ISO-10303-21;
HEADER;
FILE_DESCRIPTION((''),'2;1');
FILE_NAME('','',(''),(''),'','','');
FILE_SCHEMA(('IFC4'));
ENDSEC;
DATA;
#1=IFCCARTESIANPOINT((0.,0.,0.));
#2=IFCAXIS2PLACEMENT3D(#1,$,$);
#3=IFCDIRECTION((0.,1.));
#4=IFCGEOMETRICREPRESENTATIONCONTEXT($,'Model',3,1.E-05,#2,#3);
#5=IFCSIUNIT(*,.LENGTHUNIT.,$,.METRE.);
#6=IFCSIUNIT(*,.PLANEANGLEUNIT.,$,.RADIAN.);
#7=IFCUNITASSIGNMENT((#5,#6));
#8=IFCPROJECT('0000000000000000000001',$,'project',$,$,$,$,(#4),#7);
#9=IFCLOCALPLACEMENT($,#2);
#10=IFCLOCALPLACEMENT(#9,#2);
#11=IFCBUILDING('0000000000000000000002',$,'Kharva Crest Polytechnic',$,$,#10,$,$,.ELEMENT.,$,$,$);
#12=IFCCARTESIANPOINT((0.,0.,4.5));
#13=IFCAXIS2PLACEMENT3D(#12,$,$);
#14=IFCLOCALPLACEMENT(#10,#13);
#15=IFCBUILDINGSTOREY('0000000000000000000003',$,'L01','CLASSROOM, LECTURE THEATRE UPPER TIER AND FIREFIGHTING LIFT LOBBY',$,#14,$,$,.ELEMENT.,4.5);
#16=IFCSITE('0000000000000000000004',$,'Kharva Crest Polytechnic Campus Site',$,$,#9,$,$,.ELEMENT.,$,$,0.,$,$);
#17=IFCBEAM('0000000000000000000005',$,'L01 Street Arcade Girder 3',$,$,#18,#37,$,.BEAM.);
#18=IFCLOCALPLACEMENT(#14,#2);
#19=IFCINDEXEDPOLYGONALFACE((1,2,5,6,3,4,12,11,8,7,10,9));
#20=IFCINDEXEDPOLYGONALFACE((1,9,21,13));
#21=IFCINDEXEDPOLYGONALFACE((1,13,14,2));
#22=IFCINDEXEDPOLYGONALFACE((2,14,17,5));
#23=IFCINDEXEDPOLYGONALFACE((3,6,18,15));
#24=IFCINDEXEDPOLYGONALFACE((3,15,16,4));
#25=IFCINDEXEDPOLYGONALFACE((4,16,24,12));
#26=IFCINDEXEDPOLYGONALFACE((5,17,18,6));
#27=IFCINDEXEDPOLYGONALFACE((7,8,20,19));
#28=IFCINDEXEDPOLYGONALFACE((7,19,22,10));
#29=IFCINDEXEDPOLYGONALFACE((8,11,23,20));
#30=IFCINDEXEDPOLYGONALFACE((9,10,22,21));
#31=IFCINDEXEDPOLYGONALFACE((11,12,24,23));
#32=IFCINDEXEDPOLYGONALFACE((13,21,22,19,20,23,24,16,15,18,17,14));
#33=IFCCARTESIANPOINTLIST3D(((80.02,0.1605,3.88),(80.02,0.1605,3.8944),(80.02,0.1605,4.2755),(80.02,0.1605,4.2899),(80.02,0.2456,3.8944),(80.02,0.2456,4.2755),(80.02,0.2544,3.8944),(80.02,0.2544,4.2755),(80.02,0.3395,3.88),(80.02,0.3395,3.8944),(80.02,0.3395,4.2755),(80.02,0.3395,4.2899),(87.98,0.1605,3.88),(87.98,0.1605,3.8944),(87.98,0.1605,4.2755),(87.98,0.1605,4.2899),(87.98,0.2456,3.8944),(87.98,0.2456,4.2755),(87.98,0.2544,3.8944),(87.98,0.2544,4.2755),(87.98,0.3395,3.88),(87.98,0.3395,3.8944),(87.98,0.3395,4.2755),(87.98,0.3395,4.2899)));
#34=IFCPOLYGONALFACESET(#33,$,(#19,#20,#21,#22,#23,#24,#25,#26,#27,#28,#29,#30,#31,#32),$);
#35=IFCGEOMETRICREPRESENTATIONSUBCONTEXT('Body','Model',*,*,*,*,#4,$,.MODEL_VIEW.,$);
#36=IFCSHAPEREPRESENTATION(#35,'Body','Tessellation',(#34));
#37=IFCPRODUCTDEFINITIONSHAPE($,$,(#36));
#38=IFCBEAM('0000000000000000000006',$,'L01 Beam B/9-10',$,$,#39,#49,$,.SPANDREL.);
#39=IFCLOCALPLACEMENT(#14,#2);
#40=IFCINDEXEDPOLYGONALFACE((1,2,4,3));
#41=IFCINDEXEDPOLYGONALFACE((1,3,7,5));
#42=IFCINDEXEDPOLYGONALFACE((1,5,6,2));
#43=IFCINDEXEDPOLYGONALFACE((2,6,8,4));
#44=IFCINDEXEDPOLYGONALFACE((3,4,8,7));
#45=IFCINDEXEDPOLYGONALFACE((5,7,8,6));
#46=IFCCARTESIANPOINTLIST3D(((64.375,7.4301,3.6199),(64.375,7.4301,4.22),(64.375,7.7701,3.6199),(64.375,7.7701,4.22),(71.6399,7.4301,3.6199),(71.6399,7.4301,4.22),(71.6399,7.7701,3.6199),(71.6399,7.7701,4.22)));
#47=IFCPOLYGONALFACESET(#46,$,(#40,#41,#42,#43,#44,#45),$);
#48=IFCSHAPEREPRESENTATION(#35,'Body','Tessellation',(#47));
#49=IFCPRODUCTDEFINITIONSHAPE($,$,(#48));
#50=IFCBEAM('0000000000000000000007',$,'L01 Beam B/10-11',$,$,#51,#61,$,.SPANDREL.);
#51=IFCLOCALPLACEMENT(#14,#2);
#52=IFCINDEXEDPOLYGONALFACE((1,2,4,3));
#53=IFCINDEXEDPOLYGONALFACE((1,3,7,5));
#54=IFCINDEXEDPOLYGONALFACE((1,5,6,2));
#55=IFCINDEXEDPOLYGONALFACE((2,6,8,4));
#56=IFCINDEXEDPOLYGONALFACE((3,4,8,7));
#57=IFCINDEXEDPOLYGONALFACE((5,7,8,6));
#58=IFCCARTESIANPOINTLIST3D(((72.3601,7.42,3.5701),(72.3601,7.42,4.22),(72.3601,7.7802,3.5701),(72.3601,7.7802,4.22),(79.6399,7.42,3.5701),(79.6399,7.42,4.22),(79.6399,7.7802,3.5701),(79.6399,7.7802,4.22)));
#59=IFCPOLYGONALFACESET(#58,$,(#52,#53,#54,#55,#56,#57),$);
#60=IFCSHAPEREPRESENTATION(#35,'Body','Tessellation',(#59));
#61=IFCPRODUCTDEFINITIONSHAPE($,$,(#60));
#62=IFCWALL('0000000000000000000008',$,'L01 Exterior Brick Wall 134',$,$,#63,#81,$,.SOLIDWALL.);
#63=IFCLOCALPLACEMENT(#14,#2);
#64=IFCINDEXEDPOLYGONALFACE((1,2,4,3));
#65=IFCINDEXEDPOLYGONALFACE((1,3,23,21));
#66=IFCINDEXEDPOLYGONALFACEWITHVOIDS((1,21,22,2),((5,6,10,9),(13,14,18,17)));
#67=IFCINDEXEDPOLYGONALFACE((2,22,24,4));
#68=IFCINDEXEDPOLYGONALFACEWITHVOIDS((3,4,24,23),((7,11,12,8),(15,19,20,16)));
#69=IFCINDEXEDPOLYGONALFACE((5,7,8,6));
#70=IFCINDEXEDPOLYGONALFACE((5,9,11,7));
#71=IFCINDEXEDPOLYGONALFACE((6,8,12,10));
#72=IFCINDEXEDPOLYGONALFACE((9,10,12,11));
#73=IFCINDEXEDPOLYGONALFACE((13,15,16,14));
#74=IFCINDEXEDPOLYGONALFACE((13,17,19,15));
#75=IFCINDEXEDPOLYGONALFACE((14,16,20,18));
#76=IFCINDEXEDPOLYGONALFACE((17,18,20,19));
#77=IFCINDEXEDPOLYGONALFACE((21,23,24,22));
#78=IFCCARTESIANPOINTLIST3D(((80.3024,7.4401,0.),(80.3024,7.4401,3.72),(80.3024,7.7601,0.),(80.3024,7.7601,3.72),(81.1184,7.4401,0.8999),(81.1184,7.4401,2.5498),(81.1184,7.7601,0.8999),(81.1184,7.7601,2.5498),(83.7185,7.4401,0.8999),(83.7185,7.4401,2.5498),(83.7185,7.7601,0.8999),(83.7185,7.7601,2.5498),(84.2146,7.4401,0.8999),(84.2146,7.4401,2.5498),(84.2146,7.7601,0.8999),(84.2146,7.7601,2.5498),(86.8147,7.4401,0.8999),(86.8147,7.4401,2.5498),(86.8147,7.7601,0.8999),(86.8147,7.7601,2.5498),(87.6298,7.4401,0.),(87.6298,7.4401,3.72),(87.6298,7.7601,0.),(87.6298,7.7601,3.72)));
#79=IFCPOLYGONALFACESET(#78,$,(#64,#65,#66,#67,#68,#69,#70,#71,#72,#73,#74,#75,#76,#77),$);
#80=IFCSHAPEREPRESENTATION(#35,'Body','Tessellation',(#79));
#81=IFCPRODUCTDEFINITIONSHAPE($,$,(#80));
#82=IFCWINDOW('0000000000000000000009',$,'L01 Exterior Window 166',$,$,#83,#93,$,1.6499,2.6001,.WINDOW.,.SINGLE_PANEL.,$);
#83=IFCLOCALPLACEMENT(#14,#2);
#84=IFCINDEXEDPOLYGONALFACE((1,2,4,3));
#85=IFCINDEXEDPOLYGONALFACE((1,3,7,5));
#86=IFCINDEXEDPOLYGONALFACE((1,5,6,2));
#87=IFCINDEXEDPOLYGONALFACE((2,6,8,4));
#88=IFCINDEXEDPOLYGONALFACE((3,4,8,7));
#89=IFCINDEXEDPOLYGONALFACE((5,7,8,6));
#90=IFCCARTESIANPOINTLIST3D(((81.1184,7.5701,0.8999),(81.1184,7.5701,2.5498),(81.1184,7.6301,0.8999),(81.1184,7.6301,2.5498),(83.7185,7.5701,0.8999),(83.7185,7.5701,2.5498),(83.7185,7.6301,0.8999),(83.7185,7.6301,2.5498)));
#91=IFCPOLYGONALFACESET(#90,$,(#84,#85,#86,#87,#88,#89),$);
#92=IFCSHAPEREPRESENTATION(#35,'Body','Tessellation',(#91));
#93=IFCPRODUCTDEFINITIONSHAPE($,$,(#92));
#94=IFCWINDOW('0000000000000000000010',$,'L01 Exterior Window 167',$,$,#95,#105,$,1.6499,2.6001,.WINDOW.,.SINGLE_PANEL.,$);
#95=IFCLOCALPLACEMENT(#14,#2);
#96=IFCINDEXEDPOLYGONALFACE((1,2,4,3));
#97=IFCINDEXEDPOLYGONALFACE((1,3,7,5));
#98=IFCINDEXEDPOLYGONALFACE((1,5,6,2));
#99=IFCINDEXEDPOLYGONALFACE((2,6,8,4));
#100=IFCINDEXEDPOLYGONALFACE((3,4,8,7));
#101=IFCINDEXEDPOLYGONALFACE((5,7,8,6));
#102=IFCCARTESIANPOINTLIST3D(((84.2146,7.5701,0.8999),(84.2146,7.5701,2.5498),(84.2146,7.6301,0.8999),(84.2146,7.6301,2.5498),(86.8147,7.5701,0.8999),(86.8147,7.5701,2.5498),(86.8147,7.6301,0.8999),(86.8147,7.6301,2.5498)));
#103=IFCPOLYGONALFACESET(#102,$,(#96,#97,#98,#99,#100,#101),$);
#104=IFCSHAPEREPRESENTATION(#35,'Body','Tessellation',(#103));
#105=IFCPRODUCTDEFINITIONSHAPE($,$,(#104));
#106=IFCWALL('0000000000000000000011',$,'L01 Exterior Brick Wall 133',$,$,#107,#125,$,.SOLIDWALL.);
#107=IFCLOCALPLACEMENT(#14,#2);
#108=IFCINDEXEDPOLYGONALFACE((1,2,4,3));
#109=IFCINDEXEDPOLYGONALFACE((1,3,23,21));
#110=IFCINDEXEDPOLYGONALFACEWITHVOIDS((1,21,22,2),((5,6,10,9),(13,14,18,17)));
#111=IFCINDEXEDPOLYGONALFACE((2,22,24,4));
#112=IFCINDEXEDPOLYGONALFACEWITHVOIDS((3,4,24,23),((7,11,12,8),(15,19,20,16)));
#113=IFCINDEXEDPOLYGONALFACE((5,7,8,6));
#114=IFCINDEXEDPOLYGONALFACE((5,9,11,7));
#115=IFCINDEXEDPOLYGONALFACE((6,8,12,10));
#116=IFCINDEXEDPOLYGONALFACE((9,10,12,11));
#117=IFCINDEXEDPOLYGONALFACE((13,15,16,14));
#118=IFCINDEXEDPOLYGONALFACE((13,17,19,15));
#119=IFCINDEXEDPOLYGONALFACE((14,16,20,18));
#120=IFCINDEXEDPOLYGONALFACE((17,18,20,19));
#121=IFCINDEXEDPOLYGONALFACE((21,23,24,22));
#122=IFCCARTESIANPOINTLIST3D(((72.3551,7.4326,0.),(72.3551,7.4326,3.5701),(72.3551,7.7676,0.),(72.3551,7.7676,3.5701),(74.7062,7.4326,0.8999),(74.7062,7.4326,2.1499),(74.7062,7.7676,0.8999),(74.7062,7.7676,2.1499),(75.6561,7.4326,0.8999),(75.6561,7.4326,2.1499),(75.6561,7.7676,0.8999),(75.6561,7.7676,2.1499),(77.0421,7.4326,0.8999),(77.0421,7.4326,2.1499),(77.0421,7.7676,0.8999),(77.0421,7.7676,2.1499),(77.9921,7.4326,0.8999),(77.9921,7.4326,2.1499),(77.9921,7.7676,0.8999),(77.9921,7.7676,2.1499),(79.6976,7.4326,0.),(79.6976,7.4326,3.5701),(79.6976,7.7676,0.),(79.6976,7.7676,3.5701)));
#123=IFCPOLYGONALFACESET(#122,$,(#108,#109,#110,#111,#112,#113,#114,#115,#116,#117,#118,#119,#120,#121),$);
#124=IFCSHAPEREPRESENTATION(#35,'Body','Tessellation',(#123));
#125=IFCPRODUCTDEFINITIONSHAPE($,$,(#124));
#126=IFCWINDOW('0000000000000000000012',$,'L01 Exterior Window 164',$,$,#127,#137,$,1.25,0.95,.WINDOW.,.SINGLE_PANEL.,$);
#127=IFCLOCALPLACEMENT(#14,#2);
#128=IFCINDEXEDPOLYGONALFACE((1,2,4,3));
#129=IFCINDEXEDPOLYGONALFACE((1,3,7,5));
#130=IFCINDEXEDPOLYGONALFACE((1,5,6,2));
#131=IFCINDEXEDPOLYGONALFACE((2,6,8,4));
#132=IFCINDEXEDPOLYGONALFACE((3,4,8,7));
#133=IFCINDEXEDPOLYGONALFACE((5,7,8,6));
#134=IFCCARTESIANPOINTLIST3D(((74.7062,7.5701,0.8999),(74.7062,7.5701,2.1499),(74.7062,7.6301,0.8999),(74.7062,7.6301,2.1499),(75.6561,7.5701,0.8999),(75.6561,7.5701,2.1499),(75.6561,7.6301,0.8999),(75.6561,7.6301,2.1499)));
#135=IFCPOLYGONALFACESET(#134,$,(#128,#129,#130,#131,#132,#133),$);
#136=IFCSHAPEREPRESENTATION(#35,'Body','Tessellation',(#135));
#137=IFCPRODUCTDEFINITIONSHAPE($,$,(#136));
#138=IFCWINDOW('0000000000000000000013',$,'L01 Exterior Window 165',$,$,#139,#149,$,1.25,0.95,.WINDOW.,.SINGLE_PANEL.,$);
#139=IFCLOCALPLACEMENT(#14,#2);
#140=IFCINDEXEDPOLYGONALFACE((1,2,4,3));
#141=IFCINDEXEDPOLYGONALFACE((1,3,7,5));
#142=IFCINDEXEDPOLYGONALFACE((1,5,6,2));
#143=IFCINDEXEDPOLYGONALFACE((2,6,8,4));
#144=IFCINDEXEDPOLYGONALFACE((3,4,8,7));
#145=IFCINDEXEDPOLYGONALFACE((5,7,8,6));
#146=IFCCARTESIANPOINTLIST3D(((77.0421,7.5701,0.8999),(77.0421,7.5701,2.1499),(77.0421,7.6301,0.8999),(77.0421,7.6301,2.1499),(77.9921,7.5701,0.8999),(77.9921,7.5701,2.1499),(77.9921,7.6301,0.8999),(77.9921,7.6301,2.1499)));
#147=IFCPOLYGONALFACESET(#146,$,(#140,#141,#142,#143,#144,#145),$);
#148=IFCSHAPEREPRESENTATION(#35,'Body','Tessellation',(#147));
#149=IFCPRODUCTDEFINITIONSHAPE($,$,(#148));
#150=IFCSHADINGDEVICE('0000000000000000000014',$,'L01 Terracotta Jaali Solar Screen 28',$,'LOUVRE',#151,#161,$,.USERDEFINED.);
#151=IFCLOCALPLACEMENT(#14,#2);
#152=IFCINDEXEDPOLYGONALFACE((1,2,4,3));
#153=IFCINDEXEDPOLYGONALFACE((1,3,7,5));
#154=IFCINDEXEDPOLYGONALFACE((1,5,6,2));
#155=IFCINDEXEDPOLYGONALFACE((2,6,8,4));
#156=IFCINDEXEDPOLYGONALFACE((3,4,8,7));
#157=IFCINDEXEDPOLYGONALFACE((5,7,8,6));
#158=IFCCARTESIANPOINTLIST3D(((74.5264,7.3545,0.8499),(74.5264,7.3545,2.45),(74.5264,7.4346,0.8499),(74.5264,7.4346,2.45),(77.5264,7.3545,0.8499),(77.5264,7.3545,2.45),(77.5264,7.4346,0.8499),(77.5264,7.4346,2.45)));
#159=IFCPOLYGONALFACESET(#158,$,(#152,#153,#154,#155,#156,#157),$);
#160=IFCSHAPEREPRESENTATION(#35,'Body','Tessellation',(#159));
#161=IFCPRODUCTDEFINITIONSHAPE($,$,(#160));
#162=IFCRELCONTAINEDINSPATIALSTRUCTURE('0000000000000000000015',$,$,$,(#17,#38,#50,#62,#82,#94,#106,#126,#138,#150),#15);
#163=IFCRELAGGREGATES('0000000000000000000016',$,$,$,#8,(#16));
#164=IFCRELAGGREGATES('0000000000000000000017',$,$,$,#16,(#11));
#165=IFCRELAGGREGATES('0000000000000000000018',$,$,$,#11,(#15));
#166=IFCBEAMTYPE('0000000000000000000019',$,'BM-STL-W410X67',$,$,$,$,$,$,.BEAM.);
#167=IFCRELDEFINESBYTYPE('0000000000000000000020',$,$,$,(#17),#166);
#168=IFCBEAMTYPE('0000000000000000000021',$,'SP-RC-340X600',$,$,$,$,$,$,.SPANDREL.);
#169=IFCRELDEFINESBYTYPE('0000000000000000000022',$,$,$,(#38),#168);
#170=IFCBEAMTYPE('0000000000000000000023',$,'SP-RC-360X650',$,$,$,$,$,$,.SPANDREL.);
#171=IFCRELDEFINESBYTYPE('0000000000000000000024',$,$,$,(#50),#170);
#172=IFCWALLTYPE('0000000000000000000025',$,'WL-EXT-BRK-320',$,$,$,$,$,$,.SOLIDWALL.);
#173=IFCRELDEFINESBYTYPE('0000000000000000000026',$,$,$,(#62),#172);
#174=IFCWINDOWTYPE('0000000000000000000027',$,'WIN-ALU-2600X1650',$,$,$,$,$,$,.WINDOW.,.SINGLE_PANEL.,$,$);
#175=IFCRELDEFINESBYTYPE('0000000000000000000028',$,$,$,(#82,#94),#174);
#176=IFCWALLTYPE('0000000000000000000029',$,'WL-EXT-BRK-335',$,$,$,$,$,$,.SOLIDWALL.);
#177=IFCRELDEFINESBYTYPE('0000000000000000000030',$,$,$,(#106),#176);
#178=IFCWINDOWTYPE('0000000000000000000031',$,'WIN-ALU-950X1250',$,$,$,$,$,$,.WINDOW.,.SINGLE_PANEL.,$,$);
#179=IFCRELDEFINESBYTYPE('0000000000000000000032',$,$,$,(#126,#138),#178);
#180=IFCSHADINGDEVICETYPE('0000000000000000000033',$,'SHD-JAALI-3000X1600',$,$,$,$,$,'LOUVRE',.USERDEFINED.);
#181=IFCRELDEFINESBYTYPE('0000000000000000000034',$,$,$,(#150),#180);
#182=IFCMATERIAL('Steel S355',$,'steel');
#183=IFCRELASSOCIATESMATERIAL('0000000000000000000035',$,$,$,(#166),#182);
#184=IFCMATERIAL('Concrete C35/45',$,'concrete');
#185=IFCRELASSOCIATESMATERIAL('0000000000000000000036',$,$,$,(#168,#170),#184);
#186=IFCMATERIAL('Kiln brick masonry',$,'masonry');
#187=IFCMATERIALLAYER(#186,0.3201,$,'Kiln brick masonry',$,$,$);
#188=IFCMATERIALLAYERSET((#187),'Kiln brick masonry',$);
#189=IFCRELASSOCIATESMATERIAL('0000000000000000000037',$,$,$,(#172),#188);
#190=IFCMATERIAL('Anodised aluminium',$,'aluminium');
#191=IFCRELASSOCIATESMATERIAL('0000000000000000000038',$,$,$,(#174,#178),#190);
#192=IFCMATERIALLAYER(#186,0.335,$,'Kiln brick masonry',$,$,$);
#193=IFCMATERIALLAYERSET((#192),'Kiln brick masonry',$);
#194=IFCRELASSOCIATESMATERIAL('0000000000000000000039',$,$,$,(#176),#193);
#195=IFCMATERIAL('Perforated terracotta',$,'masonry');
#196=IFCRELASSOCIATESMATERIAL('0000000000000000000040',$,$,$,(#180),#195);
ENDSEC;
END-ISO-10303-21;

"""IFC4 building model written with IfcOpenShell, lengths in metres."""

from ifc_helpers import new_model, si_unit, direction, frame, frame_2d, origin, origin_2d, place, context, subcontext, project, spatial, rectangle, i_section, extrude, material, layer, layer_set, material_profile, profile_set, type_object, element, fill, save


model = new_model("IFC4")

# Units and contexts
model_context = context("Model", 3, precision=1e-05, world=origin(), true_north=direction((0.0, 1.0)))
body_context = subcontext(model_context, "Body", "Model", "MODEL_VIEW")
ifc_project = project(units=[si_unit("LENGTHUNIT", "METRE"), si_unit("PLANEANGLEUNIT", "RADIAN")], contexts=[model_context])

# Site, building, storey
site_placement = place(None, origin())
site = spatial("IfcSite", under=ifc_project, at=site_placement, Name="Kharva Crest Polytechnic Campus Site", CompositionType="ELEMENT", RefElevation=0.0)
building_placement = place(site_placement, origin())
building = spatial("IfcBuilding", under=site, at=building_placement, Name="Kharva Crest Polytechnic", CompositionType="ELEMENT")
storey_placement = place(building_placement, frame((0.0, 0.0, 4.5)))
storey = spatial("IfcBuildingStorey", under=building, at=storey_placement, Name="L01", Description="CLASSROOM, LECTURE THEATRE UPPER TIER AND FIREFIGHTING LIFT LOBBY", CompositionType="ELEMENT", Elevation=4.5)

# Shared definitions
ifc_material_1 = material(Name="Steel S355", Category="steel")

# Beams
ifc_material_profile_1 = material_profile(ifc_material_1, i_section(OverallWidth=0.179, OverallDepth=0.4099, WebThickness=0.0088, FlangeThickness=0.0144, at=origin_2d()), Name="W410X67")
ifc_profile_set_1 = profile_set([ifc_material_profile_1], Name="Steel S355")
beam_type_1 = type_object("IfcBeamType", Name="BM-STL-W410X67", PredefinedType="BEAM", material=ifc_profile_set_1)
for number, where, z_axis, x_axis, name in (
    (1, (80.02, 0.25, 4.085), (1.0, 0.0, 0.0), (0.0, 1.0, 0.0), "L01 Street Arcade Girder 3"),
):
    element("IfcBeam", number, at=place(storey_placement, frame(where, z_axis=z_axis, x_axis=x_axis)), inside=storey, type_object=beam_type_1, Name=name, PredefinedType="BEAM", context=body_context, shape_type="SweptSolid", body=[
        extrude(i_section(OverallWidth=0.179, OverallDepth=0.4099, WebThickness=0.0088, FlangeThickness=0.0144, at=origin_2d()), origin(), (0.0, 0.0, 1.0), 7.96),
    ])
ifc_material_2 = material(Name="Concrete C35/45", Category="concrete")
ifc_material_profile_2 = material_profile(ifc_material_2, rectangle(XDim=0.3401, YDim=0.6001, at=origin_2d()), Name="RECT 340 X 600")
ifc_profile_set_2 = profile_set([ifc_material_profile_2], Name="Concrete C35/45")
beam_type_2 = type_object("IfcBeamType", Name="SP-RC-340X600", PredefinedType="SPANDREL", material=ifc_profile_set_2)
beam_1_placement = place(storey_placement, frame((64.375, 7.6001, 3.9199), z_axis=(1.0, 0.0, 0.0), x_axis=(0.0, 1.0, 0.0)))
element("IfcBeam", 2, at=beam_1_placement, inside=storey, type_object=beam_type_2, Name="L01 Beam B/9-10", PredefinedType="SPANDREL", context=body_context, shape_type="SweptSolid", body=[
    extrude(rectangle(XDim=0.3401, YDim=0.6001, at=origin_2d()), origin(), (0.0, 0.0, 1.0), 7.2649),
])
ifc_material_profile_3 = material_profile(ifc_material_2, rectangle(XDim=0.3601, YDim=0.6499, at=origin_2d()), Name="RECT 360 X 650")
ifc_profile_set_3 = profile_set([ifc_material_profile_3], Name="Concrete C35/45")
beam_type_3 = type_object("IfcBeamType", Name="SP-RC-360X650", PredefinedType="SPANDREL", material=ifc_profile_set_3)
beam_2_placement = place(storey_placement, frame((72.3601, 7.6001, 3.895), z_axis=(1.0, 0.0, 0.0), x_axis=(0.0, 1.0, 0.0)))
element("IfcBeam", 3, at=beam_2_placement, inside=storey, type_object=beam_type_3, Name="L01 Beam B/10-11", PredefinedType="SPANDREL", context=body_context, shape_type="SweptSolid", body=[
    extrude(rectangle(XDim=0.3601, YDim=0.6499, at=origin_2d()), origin(), (0.0, 0.0, 1.0), 7.2798),
])

# Walls, openings, windows
ifc_material_3 = material(Name="Kiln brick masonry", Category="masonry")
ifc_layer_1 = layer(ifc_material_3, 0.3201, Name="Kiln brick masonry")
ifc_layer_set_1 = layer_set([ifc_layer_1], Name="Kiln brick masonry")
wall_type_1 = type_object("IfcWallType", Name="WL-EXT-BRK-320", PredefinedType="SOLIDWALL", material=ifc_layer_set_1)
wall_1_placement = place(storey_placement, frame((80.3025, 7.6001, 0.0), z_axis=(0.0, 0.0, 1.0), x_axis=(1.0, 0.0, 0.0)))
wall_1 = element("IfcWall", 4, at=wall_1_placement, inside=storey, type_object=wall_type_1, Name="L01 Exterior Brick Wall 134", PredefinedType="SOLIDWALL", context=body_context, shape_type="SweptSolid", body=[
    extrude(rectangle(XDim=7.3274, YDim=0.3201, at=frame_2d((3.6636, 0.0))), origin(), (0.0, 0.0, 1.0), 3.72),
])
opening_1_placement = place(wall_1_placement, frame((0.8159, 0.0, 0.8999)))
opening_1 = element("IfcOpeningElement", 5, at=opening_1_placement, cuts=wall_1, PredefinedType="OPENING", context=body_context, shape_type="SweptSolid", body=[
    extrude(rectangle(XDim=2.6001, YDim=1.6499, at=frame_2d((1.3, 0.825))), frame((0.0, 0.1699, 0.0), z_axis=(0.0, -1.0, 0.0), x_axis=(1.0, 0.0, 0.0)), (0.0, 0.0, 1.0), 0.3401),
])
opening_2_placement = place(wall_1_placement, frame((3.9121, 0.0, 0.8999)))
opening_2 = element("IfcOpeningElement", 6, at=opening_2_placement, cuts=wall_1, PredefinedType="OPENING", context=body_context, shape_type="SweptSolid", body=[
    extrude(rectangle(XDim=2.6001, YDim=1.6499, at=frame_2d((1.3, 0.825))), frame((0.0, 0.1699, 0.0), z_axis=(0.0, -1.0, 0.0), x_axis=(1.0, 0.0, 0.0)), (0.0, 0.0, 1.0), 0.3401),
])
ifc_material_4 = material(Name="Anodised aluminium", Category="aluminium")
window_type_1 = type_object("IfcWindowType", Name="WIN-ALU-2600X1650", PartitioningType="SINGLE_PANEL", PredefinedType="WINDOW", material=ifc_material_4)
window_1_placement = place(opening_1_placement, origin())
window_1 = element("IfcWindow", 7, at=window_1_placement, inside=storey, type_object=window_type_1, Name="L01 Exterior Window 166", OverallHeight=1.6499, OverallWidth=2.6001, PartitioningType="SINGLE_PANEL", PredefinedType="WINDOW", context=body_context, shape_type="SweptSolid", body=[
    extrude(rectangle(XDim=2.6001, YDim=1.6499, at=frame_2d((1.3, 0.825))), frame((0.0, 0.03, 0.0), z_axis=(0.0, -1.0, 0.0), x_axis=(1.0, 0.0, 0.0)), (0.0, 0.0, 1.0), 0.0601),
])
fill(opening_1, window_1)
window_2_placement = place(opening_2_placement, origin())
window_2 = element("IfcWindow", 8, at=window_2_placement, inside=storey, type_object=window_type_1, Name="L01 Exterior Window 167", OverallHeight=1.6499, OverallWidth=2.6001, PartitioningType="SINGLE_PANEL", PredefinedType="WINDOW", context=body_context, shape_type="SweptSolid", body=[
    extrude(rectangle(XDim=2.6001, YDim=1.6499, at=frame_2d((1.3, 0.825))), frame((0.0, 0.03, 0.0), z_axis=(0.0, -1.0, 0.0), x_axis=(1.0, 0.0, 0.0)), (0.0, 0.0, 1.0), 0.0601),
])
fill(opening_2, window_2)
ifc_layer_2 = layer(ifc_material_3, 0.335, Name="Kiln brick masonry")
ifc_layer_set_2 = layer_set([ifc_layer_2], Name="Kiln brick masonry")
wall_type_2 = type_object("IfcWallType", Name="WL-EXT-BRK-335", PredefinedType="SOLIDWALL", material=ifc_layer_set_2)
wall_2_placement = place(storey_placement, frame((72.355, 7.6001, 0.0), z_axis=(0.0, 0.0, 1.0), x_axis=(1.0, 0.0, 0.0)))
wall_2 = element("IfcWall", 9, at=wall_2_placement, inside=storey, type_object=wall_type_2, Name="L01 Exterior Brick Wall 133", PredefinedType="SOLIDWALL", context=body_context, shape_type="SweptSolid", body=[
    extrude(rectangle(XDim=7.3425, YDim=0.335, at=frame_2d((3.6714, 0.0))), origin(), (0.0, 0.0, 1.0), 3.5701),
])
opening_3_placement = place(wall_2_placement, frame((2.3511, 0.0, 0.8999)))
opening_3 = element("IfcOpeningElement", 10, at=opening_3_placement, cuts=wall_2, PredefinedType="OPENING", context=body_context, shape_type="SweptSolid", body=[
    extrude(rectangle(XDim=0.95, YDim=1.25, at=frame_2d((0.4751, 0.625))), frame((0.0, 0.1775, 0.0), z_axis=(0.0, -1.0, 0.0), x_axis=(1.0, 0.0, 0.0)), (0.0, 0.0, 1.0), 0.355),
])
opening_4_placement = place(wall_2_placement, frame((4.687, 0.0, 0.8999)))
opening_4 = element("IfcOpeningElement", 11, at=opening_4_placement, cuts=wall_2, PredefinedType="OPENING", context=body_context, shape_type="SweptSolid", body=[
    extrude(rectangle(XDim=0.95, YDim=1.25, at=frame_2d((0.4751, 0.625))), frame((0.0, 0.1775, 0.0), z_axis=(0.0, -1.0, 0.0), x_axis=(1.0, 0.0, 0.0)), (0.0, 0.0, 1.0), 0.355),
])
window_type_2 = type_object("IfcWindowType", Name="WIN-ALU-950X1250", PartitioningType="SINGLE_PANEL", PredefinedType="WINDOW", material=ifc_material_4)
window_3_placement = place(opening_3_placement, origin())
window_3 = element("IfcWindow", 12, at=window_3_placement, inside=storey, type_object=window_type_2, Name="L01 Exterior Window 164", OverallHeight=1.25, OverallWidth=0.95, PartitioningType="SINGLE_PANEL", PredefinedType="WINDOW", context=body_context, shape_type="SweptSolid", body=[
    extrude(rectangle(XDim=0.95, YDim=1.25, at=frame_2d((0.4751, 0.625))), frame((0.0, 0.03, 0.0), z_axis=(0.0, -1.0, 0.0), x_axis=(1.0, 0.0, 0.0)), (0.0, 0.0, 1.0), 0.0601),
])
fill(opening_3, window_3)
window_4_placement = place(opening_4_placement, origin())
window_4 = element("IfcWindow", 13, at=window_4_placement, inside=storey, type_object=window_type_2, Name="L01 Exterior Window 165", OverallHeight=1.25, OverallWidth=0.95, PartitioningType="SINGLE_PANEL", PredefinedType="WINDOW", context=body_context, shape_type="SweptSolid", body=[
    extrude(rectangle(XDim=0.95, YDim=1.25, at=frame_2d((0.4751, 0.625))), frame((0.0, 0.03, 0.0), z_axis=(0.0, -1.0, 0.0), x_axis=(1.0, 0.0, 0.0)), (0.0, 0.0, 1.0), 0.0601),
])
fill(opening_4, window_4)

# Shading device
ifc_material_5 = material(Name="Perforated terracotta", Category="masonry")
shading_device_type = type_object("IfcShadingDeviceType", Name="SHD-JAALI-3000X1600", ElementType="LOUVRE", PredefinedType="USERDEFINED", material=ifc_material_5)
shading_device_placement = place(storey_placement, frame((76.0264, 7.3945, 0.8499), z_axis=(0.0, 0.0, 1.0), x_axis=(1.0, 0.0, 0.0)))
element("IfcShadingDevice", 14, at=shading_device_placement, inside=storey, type_object=shading_device_type, Name="L01 Terracotta Jaali Solar Screen 28", ObjectType="LOUVRE", PredefinedType="USERDEFINED", context=body_context, shape_type="SweptSolid", body=[
    extrude(rectangle(XDim=3.0, YDim=0.0801, at=origin_2d()), origin(), (0.0, 0.0, 1.0), 1.6001),
])

save(model, "model.ifc")
